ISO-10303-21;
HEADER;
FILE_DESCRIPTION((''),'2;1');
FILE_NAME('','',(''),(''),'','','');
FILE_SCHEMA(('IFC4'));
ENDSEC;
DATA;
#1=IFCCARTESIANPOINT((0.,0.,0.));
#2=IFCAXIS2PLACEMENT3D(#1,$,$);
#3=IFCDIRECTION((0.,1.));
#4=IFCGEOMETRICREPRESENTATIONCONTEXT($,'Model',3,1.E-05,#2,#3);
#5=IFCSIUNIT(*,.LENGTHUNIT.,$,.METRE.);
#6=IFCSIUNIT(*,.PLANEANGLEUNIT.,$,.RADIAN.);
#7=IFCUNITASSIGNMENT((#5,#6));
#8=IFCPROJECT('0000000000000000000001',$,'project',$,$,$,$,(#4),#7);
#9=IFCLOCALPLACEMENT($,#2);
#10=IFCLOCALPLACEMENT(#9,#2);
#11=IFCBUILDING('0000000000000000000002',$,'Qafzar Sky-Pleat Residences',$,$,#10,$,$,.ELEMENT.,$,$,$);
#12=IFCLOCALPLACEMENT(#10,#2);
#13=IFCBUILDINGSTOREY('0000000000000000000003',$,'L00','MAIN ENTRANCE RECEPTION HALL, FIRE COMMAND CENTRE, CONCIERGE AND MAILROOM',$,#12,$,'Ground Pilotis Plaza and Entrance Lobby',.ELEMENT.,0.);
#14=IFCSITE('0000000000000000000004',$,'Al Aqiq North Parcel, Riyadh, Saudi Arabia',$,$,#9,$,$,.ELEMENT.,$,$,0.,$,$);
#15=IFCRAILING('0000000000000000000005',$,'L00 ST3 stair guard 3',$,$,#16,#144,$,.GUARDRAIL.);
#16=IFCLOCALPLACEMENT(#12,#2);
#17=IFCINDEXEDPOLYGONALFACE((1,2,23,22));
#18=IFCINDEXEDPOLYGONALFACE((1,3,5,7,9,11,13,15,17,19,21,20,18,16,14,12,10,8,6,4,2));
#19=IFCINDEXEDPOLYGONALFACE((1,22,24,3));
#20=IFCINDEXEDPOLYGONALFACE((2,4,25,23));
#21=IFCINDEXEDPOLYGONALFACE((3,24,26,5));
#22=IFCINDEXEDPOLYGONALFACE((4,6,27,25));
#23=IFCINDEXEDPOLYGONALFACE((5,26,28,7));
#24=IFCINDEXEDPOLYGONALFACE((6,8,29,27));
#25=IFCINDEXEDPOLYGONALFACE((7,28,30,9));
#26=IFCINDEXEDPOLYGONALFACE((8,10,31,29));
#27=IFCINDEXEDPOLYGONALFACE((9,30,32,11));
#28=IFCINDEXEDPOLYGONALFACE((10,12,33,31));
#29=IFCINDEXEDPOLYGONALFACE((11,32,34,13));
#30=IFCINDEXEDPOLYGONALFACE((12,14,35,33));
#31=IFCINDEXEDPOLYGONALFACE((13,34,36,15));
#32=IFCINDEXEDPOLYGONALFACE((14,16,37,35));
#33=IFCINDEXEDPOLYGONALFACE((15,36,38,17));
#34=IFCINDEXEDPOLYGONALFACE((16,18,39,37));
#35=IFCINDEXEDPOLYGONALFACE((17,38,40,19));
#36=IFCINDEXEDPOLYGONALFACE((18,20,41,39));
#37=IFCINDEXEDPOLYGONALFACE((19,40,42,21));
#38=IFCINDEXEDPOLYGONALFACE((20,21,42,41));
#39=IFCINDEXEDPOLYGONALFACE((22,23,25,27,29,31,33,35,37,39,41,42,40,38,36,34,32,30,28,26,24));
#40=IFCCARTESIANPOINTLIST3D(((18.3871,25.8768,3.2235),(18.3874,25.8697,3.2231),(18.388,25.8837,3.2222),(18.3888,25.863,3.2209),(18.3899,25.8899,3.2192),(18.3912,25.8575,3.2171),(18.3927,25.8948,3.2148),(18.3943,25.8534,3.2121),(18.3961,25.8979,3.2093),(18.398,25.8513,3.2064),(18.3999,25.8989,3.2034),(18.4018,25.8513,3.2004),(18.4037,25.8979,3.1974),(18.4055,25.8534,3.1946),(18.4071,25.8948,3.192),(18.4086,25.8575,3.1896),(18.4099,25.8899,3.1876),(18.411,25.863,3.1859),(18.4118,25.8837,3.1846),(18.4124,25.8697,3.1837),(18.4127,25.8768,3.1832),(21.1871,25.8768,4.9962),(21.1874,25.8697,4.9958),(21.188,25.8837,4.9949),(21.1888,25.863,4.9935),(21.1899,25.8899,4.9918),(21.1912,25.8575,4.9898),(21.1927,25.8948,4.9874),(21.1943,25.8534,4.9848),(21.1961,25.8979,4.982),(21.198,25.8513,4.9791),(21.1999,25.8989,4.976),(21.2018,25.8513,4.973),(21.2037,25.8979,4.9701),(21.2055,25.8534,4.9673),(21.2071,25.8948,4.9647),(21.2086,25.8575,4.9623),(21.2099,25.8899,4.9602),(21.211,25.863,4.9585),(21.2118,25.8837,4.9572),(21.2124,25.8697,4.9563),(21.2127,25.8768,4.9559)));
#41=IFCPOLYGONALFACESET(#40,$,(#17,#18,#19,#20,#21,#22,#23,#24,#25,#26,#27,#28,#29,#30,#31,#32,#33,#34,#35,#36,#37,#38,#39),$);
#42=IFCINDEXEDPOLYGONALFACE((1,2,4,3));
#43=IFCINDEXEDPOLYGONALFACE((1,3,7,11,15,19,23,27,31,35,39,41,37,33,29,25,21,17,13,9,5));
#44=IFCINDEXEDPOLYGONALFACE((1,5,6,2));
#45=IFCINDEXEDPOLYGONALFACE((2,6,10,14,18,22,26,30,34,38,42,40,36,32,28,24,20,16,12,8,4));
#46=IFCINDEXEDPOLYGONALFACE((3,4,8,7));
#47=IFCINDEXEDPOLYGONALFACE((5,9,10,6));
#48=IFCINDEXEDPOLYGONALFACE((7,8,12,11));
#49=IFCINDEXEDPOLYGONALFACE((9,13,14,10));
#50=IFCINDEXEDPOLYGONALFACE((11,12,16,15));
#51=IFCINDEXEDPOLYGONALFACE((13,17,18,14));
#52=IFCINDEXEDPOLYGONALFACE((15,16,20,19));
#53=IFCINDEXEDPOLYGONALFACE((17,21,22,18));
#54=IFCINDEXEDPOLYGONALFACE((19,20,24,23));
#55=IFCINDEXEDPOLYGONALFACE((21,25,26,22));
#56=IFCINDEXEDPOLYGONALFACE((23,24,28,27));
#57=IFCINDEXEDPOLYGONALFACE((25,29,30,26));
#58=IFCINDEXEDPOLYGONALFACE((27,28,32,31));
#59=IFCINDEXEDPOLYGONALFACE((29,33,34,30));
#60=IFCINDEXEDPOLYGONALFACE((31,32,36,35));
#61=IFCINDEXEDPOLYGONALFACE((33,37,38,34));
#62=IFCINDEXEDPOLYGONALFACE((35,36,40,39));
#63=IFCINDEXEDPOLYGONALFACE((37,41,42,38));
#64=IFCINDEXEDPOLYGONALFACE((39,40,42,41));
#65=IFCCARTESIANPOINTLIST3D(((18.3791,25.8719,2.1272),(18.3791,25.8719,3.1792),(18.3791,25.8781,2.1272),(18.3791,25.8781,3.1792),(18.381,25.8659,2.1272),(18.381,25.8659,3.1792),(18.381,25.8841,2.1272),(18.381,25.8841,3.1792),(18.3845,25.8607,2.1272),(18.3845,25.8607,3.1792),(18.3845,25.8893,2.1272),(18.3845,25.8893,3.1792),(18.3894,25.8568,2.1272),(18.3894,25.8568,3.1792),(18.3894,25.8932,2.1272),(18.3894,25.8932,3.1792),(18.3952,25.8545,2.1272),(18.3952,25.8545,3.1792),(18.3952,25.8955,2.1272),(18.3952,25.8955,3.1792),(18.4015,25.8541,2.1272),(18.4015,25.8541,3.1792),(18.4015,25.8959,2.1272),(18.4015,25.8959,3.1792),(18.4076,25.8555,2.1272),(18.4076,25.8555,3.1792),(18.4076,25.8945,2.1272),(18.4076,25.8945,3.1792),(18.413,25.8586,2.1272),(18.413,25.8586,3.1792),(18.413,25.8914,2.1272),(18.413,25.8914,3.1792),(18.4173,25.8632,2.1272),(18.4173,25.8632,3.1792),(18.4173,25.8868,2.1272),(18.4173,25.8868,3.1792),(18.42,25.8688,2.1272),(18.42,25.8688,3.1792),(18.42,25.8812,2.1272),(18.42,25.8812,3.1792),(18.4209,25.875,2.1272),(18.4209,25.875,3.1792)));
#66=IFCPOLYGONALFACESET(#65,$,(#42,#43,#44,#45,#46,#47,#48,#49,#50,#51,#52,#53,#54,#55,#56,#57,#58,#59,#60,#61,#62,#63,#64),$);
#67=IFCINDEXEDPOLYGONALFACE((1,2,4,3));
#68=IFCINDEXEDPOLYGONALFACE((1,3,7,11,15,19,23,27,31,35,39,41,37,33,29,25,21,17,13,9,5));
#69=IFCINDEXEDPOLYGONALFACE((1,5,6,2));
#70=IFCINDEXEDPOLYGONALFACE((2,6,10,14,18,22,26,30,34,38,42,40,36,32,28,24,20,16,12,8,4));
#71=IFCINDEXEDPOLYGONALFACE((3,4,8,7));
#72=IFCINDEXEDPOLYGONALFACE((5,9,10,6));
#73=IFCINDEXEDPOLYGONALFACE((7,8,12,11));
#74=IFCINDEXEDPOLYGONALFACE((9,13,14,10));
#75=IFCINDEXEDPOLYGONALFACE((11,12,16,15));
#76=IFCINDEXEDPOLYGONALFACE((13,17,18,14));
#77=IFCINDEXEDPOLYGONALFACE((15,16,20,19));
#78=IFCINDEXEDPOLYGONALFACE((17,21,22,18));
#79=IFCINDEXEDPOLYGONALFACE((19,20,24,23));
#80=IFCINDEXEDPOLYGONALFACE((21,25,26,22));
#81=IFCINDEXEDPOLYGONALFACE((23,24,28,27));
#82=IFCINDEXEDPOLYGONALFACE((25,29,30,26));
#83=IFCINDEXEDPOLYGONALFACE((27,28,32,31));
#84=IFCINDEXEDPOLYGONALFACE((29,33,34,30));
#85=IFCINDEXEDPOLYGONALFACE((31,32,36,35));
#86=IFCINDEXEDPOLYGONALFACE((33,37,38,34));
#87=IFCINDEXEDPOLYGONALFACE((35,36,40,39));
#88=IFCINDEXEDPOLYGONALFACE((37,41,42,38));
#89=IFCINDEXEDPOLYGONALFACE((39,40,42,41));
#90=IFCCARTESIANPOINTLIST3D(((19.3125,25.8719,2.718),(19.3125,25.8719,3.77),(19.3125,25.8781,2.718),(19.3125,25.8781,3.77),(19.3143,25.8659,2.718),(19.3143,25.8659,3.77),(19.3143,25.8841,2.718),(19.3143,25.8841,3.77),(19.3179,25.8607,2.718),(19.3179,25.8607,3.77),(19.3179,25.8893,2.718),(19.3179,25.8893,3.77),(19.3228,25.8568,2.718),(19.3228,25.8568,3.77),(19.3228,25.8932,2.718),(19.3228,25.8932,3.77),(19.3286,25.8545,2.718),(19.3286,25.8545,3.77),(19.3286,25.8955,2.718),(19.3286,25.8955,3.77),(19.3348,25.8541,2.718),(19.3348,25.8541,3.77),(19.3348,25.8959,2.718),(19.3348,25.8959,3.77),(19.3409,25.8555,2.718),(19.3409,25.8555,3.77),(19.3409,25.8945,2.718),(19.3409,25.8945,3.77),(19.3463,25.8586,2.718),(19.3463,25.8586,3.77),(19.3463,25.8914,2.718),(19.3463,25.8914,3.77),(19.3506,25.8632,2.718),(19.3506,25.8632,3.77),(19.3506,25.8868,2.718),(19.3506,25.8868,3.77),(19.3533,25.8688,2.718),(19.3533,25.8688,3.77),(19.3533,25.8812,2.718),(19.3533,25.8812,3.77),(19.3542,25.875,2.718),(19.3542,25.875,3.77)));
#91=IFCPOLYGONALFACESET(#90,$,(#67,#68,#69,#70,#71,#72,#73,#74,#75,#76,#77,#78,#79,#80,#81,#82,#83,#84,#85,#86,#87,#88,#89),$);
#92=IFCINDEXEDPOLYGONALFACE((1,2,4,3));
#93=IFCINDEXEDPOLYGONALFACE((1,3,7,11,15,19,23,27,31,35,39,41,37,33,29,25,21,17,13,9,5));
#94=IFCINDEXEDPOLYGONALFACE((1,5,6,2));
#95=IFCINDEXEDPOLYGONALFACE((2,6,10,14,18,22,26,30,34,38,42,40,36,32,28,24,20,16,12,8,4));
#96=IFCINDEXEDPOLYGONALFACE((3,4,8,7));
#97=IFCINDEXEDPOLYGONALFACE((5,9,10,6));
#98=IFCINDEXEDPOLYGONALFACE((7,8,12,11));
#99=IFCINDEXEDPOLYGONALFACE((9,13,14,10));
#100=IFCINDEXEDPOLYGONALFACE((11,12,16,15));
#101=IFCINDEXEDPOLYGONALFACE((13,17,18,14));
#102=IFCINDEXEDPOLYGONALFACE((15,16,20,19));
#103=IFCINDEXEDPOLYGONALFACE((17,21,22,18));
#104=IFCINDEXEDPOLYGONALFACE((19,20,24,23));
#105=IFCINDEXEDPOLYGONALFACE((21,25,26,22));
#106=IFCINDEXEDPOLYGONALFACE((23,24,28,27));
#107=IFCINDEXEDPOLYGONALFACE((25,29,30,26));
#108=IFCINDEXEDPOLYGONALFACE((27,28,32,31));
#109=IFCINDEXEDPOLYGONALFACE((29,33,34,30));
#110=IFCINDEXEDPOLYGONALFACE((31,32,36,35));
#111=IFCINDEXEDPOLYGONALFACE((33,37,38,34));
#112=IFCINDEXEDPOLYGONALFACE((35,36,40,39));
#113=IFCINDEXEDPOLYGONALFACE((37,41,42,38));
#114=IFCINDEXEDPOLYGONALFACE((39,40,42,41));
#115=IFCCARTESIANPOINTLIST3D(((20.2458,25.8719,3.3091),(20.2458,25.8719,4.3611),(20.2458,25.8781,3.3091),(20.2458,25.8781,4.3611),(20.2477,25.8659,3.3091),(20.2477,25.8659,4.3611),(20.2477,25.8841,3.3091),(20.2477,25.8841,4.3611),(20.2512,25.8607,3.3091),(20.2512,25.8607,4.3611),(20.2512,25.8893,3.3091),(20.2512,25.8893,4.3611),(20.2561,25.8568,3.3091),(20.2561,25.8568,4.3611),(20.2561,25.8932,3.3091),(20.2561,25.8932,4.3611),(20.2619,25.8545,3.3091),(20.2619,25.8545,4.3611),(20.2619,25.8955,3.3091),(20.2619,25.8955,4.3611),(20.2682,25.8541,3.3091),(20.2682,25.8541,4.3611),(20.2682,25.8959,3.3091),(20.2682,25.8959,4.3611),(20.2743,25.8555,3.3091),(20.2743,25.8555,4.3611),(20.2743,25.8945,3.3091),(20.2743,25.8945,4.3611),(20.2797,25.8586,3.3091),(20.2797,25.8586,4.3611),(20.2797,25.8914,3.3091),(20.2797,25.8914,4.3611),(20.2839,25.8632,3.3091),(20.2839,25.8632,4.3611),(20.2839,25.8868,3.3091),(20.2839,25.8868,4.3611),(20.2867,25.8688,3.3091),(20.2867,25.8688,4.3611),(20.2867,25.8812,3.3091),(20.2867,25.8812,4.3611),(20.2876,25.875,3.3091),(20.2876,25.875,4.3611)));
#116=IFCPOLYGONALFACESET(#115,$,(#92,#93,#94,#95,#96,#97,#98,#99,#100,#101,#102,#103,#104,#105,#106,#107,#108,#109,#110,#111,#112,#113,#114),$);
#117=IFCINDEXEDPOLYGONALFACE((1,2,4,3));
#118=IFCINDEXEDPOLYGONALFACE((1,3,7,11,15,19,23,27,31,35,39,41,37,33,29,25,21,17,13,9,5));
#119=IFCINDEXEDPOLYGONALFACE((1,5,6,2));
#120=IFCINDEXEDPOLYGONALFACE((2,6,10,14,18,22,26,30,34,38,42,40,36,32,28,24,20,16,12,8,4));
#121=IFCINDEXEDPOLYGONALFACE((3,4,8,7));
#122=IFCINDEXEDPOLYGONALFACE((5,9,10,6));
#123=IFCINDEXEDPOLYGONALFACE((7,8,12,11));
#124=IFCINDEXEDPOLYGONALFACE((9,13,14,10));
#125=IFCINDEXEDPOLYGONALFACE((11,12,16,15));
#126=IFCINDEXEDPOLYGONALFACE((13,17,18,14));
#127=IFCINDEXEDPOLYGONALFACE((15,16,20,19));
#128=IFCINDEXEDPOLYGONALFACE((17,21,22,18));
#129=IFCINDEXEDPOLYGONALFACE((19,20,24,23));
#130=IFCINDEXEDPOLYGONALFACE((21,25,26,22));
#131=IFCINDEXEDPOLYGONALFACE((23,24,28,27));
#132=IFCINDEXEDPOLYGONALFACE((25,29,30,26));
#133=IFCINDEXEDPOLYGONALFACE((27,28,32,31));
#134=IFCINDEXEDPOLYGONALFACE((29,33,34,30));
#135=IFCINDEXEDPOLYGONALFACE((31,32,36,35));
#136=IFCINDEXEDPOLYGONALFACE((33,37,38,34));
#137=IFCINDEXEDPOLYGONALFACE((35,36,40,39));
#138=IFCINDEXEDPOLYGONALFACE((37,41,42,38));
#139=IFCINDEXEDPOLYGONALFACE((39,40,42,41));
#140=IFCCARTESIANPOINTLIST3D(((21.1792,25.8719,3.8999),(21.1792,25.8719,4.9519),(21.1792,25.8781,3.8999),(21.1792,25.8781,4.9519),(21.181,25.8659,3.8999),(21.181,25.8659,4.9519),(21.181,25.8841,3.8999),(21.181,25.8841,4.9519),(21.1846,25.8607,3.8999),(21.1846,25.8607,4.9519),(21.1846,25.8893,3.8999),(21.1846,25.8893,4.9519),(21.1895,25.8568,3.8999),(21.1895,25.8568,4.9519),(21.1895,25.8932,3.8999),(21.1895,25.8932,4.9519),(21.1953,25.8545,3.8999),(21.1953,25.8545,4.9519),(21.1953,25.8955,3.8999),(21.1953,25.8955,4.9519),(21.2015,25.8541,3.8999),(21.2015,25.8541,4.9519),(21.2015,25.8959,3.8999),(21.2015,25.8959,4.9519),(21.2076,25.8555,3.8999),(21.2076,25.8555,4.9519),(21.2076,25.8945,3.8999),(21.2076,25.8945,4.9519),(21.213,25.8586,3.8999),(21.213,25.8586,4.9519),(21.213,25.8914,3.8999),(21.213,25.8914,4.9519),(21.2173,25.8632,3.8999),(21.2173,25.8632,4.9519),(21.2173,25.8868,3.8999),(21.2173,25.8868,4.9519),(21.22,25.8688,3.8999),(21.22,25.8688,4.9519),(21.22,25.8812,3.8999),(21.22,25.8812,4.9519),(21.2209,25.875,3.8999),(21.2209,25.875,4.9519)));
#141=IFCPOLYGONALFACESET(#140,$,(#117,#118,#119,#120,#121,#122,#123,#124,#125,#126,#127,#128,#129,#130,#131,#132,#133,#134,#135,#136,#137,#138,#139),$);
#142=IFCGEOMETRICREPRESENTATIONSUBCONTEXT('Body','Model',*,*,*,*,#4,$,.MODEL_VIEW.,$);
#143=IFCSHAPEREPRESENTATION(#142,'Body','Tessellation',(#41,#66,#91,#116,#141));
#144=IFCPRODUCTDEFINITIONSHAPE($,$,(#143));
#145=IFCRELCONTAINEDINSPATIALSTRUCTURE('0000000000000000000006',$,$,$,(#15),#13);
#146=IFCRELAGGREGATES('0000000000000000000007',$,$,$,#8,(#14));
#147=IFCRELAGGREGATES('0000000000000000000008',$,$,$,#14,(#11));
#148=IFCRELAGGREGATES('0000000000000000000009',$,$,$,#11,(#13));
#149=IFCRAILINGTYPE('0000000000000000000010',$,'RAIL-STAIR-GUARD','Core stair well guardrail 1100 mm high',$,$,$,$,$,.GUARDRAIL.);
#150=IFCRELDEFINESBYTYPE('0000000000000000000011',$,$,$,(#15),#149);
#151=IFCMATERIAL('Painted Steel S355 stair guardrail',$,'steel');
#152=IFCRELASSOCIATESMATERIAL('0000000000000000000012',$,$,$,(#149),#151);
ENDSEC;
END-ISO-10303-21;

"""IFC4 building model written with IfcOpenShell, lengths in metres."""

from ifc_helpers import new_model, si_unit, direction, frame, origin, origin_2d, place, context, subcontext, project, spatial, circle, extrude, source, transform, mapped, material, type_object, element, save


model = new_model("IFC4")

# Units and contexts
model_context = context("Model", 3, precision=1e-05, world=origin(), true_north=direction((0.0, 1.0)))
body_context = subcontext(model_context, "Body", "Model", "MODEL_VIEW")
ifc_project = project(units=[si_unit("LENGTHUNIT", "METRE"), si_unit("PLANEANGLEUNIT", "RADIAN")], contexts=[model_context])

# Site, building, storey
site_placement = place(None, origin())
site = spatial("IfcSite", under=ifc_project, at=site_placement, Name="Al Aqiq North Parcel, Riyadh, Saudi Arabia", CompositionType="ELEMENT", RefElevation=0.0)
building_placement = place(site_placement, origin())
building = spatial("IfcBuilding", under=site, at=building_placement, Name="Qafzar Sky-Pleat Residences", CompositionType="ELEMENT")
storey_placement = place(building_placement, origin())
storey = spatial("IfcBuildingStorey", under=building, at=storey_placement, Name="L00", Description="MAIN ENTRANCE RECEPTION HALL, FIRE COMMAND CENTRE, CONCIERGE AND MAILROOM", LongName="Ground Pilotis Plaza and Entrance Lobby", CompositionType="ELEMENT", Elevation=0.0)

# Railing
ifc_material_1 = material(Name="Painted Steel S355 stair guardrail", Category="steel")
railing_type_1 = type_object("IfcRailingType", Name="RAIL-STAIR-GUARD", Description="Core stair well guardrail 1100 mm high", PredefinedType="GUARDRAIL", material=ifc_material_1)
shared_shape_1 = source(origin(), body_context, "Body", "SweptSolid", [
    extrude(circle(Radius=0.0239, at=origin_2d()), frame((0.0, 0.0, 1.0762), z_axis=(0.844909, 0.0, 0.53491), x_axis=(0.0, 1.0, 0.0)), (0.0, 0.0, 1.0), 3.314),
    extrude(circle(Radius=0.021, at=origin_2d()), origin(), (0.0, 0.0, 1.0), 1.052),
    extrude(circle(Radius=0.021, at=origin_2d()), frame((0.9333, 0.0, 0.5908)), (0.0, 0.0, 1.0), 1.052),
    extrude(circle(Radius=0.021, at=origin_2d()), frame((1.8667, 0.0, 1.1819)), (0.0, 0.0, 1.0), 1.052),
    extrude(circle(Radius=0.021, at=origin_2d()), frame((2.8, 0.0, 1.7727)), (0.0, 0.0, 1.0), 1.052),
])
for number, where, name in (
    (1, (18.3999, 25.875, 2.1272), "L00 ST3 stair guard 3"),
):
    element("IfcRailing", number, at=place(storey_placement, frame(where)), inside=storey, type_object=railing_type_1, Name=name, PredefinedType="GUARDRAIL", context=body_context, shape_type="MappedRepresentation", body=[
        mapped(shared_shape_1, transform((0.0, 0.0, 0.0), x_axis=(1.0, 0.0, 0.0), y_axis=(0.0, 1.0, 0.0), z_axis=(0.0, 0.0, 1.0), scale=1.0)),
    ])

save(model, "model.ifc")
